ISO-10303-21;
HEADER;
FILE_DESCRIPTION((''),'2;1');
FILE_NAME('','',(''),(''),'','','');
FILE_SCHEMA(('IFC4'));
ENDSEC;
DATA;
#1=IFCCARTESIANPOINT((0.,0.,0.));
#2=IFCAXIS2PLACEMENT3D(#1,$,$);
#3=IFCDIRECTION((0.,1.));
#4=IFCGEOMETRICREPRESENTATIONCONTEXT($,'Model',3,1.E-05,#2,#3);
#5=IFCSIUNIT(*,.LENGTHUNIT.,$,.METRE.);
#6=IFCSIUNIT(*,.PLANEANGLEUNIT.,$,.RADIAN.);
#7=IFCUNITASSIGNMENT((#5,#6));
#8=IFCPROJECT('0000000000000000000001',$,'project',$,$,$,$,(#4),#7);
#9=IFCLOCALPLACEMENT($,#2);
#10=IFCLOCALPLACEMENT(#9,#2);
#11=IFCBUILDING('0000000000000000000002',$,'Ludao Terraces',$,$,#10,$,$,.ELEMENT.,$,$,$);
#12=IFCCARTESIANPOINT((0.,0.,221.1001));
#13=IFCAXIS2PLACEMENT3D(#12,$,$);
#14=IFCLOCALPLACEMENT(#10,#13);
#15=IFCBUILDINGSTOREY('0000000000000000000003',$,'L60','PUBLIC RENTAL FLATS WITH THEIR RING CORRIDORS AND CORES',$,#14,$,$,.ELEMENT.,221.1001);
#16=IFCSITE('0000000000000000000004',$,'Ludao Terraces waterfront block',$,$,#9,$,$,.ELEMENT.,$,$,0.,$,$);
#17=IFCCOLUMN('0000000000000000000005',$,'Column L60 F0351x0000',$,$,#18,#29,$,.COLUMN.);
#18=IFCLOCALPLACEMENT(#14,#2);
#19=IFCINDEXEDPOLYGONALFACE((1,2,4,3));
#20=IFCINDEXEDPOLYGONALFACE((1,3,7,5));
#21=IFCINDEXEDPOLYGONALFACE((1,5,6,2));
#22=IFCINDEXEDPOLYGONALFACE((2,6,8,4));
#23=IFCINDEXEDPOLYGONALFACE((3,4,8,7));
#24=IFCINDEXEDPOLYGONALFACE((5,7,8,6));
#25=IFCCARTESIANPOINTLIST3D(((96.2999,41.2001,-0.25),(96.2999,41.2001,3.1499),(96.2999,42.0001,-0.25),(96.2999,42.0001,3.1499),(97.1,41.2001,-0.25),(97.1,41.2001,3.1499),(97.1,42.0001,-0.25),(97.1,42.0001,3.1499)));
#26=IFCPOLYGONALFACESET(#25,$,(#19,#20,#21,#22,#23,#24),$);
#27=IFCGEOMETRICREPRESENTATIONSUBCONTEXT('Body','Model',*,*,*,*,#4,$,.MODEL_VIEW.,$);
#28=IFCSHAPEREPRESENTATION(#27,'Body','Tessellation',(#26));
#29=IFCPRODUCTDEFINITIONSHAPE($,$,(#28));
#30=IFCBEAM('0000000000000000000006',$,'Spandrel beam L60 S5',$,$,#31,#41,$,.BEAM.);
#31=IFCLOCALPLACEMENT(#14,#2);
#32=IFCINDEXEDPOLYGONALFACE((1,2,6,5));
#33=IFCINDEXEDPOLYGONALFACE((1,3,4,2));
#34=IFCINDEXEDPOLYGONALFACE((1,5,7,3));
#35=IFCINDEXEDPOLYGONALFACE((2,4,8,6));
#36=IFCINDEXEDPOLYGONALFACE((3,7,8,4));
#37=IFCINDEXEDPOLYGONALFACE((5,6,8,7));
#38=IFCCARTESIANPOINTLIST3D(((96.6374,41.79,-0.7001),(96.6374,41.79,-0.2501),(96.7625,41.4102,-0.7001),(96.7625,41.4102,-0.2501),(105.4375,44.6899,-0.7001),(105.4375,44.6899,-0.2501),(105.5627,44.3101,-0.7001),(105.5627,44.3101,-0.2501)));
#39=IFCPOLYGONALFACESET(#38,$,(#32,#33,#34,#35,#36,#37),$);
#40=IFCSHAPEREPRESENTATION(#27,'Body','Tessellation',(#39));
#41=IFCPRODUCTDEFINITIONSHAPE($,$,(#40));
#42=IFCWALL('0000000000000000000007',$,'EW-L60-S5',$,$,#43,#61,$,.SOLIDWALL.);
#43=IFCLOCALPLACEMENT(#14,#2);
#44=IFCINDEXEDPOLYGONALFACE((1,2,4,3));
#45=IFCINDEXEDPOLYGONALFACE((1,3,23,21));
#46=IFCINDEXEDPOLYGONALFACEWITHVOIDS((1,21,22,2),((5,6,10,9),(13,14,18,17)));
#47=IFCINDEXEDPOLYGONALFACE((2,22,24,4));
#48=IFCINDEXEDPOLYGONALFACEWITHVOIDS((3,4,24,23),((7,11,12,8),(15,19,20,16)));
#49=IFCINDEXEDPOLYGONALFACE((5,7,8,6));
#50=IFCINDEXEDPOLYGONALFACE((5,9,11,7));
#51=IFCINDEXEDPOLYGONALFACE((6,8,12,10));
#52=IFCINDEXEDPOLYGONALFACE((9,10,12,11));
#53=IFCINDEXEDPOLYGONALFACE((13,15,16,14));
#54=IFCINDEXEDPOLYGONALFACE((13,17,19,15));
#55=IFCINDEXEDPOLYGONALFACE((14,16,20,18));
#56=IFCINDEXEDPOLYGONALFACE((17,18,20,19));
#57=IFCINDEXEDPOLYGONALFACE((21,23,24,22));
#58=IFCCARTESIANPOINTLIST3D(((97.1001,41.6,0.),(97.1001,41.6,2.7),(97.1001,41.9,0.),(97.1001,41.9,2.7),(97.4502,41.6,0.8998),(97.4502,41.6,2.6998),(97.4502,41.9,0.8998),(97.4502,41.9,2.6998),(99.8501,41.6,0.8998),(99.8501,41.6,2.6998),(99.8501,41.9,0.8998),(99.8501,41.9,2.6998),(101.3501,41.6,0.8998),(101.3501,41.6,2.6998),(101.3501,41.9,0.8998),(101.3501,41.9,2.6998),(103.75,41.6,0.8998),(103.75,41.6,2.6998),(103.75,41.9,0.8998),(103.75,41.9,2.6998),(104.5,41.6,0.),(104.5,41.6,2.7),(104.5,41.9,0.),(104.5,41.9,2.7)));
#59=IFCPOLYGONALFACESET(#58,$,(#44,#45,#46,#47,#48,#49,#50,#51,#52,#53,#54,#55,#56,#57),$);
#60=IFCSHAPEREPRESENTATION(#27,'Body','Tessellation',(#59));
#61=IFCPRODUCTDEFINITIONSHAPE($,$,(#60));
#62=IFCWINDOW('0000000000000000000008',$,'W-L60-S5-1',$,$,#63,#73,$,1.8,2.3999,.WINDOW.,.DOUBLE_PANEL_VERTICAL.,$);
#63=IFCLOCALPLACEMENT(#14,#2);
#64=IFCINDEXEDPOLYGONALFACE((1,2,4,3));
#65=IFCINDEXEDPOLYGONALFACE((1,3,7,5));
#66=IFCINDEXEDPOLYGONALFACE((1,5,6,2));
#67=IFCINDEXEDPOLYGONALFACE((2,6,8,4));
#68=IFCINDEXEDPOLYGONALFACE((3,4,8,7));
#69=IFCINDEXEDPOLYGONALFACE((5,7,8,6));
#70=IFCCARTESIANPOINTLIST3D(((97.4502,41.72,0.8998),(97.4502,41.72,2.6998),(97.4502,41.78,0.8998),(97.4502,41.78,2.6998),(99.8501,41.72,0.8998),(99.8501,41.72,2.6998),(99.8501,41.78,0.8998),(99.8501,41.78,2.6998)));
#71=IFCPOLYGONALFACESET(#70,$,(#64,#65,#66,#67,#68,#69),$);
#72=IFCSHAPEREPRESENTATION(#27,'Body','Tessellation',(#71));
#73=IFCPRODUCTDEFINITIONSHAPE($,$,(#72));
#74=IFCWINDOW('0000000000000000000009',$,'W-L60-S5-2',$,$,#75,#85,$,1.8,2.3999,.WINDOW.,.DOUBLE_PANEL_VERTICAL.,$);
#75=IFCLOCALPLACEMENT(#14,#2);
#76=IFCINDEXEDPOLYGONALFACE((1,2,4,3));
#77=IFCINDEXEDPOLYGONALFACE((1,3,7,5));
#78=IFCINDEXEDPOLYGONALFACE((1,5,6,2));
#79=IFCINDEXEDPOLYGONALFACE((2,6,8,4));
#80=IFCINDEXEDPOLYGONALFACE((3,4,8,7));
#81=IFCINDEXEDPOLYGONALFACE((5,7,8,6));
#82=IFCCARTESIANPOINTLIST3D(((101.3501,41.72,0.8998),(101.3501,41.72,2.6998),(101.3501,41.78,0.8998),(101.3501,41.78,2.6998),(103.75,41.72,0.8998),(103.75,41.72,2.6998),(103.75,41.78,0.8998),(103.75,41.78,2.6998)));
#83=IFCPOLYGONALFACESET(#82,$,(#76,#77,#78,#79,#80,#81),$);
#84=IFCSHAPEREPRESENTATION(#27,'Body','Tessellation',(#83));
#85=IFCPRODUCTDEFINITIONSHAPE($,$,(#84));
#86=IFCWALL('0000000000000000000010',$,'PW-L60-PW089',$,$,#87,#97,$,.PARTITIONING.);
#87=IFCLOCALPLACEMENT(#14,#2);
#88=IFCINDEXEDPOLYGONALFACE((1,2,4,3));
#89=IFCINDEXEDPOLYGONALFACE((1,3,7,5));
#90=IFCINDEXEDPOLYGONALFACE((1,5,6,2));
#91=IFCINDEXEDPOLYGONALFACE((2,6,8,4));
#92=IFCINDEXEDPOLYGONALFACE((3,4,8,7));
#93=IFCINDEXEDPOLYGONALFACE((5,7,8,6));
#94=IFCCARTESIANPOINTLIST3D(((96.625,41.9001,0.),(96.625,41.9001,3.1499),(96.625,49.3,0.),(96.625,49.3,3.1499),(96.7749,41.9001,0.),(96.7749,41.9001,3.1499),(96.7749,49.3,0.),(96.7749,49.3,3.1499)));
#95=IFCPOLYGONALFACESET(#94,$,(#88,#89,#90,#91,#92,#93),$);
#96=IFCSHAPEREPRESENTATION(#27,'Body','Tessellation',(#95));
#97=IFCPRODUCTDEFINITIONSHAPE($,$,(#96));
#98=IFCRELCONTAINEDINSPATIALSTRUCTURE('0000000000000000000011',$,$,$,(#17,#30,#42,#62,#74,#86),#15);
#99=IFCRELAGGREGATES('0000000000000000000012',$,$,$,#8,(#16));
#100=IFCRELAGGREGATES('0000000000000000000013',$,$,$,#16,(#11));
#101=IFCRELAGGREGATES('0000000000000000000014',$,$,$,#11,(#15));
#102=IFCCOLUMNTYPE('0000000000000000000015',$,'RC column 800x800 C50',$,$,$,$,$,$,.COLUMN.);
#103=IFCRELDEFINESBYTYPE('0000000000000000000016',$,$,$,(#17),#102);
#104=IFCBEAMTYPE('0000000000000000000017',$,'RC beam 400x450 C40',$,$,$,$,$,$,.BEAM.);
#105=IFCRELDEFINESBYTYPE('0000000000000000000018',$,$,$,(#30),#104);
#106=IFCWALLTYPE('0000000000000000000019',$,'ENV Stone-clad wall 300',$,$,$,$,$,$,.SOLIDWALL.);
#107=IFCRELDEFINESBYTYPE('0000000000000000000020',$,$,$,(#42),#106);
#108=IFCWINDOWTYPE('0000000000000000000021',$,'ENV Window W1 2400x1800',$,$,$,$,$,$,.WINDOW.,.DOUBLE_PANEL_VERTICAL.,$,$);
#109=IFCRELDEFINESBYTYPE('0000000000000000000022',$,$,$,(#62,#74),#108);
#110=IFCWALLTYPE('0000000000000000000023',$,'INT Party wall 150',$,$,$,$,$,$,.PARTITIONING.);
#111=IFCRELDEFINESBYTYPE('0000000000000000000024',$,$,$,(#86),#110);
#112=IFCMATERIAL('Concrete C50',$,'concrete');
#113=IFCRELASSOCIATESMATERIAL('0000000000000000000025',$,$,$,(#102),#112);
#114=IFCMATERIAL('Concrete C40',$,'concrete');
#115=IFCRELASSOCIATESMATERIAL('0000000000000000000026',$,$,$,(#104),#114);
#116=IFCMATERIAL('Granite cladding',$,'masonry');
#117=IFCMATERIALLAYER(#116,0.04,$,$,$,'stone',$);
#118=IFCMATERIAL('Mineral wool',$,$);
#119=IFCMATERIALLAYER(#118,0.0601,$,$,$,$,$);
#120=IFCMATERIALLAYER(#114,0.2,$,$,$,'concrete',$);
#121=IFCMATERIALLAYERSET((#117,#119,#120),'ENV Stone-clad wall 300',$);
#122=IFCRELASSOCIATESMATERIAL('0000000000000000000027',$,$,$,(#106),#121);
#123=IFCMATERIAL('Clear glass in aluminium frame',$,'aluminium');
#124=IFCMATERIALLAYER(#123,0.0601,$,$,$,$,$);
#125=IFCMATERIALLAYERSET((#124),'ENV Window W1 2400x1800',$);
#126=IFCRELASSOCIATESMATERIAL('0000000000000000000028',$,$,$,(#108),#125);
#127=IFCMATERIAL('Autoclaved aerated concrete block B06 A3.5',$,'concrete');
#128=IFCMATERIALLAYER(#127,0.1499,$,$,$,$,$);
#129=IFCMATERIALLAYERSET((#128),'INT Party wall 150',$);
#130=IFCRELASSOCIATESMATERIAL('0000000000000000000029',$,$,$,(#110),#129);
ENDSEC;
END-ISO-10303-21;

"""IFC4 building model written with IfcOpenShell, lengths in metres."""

from ifc_helpers import new_model, si_unit, direction, frame, frame_2d, origin, origin_2d, place, context, subcontext, project, spatial, rectangle, extrude, material, layer, layer_set, material_profile, profile_set, type_object, element, fill, save


model = new_model("IFC4")

# Units and contexts
model_context = context("Model", 3, precision=1e-05, world=origin(), true_north=direction((0.0, 1.0)))
body_context = subcontext(model_context, "Body", "Model", "MODEL_VIEW")
ifc_project = project(units=[si_unit("LENGTHUNIT", "METRE"), si_unit("PLANEANGLEUNIT", "RADIAN")], contexts=[model_context])

# Site, building, storey
site_placement = place(None, origin())
site = spatial("IfcSite", under=ifc_project, at=site_placement, Name="Ludao Terraces waterfront block", CompositionType="ELEMENT", RefElevation=0.0)
building_placement = place(site_placement, origin())
building = spatial("IfcBuilding", under=site, at=building_placement, Name="Ludao Terraces", CompositionType="ELEMENT")
storey_placement = place(building_placement, frame((0.0, 0.0, 221.1001)))
storey = spatial("IfcBuildingStorey", under=building, at=storey_placement, Name="L60", Description="PUBLIC RENTAL FLATS WITH THEIR RING CORRIDORS AND CORES", CompositionType="ELEMENT", Elevation=221.1001)

# Column
ifc_material_1 = material(Name="Concrete C50", Category="concrete")
ifc_material_profile_1 = material_profile(ifc_material_1, rectangle(XDim=0.8, YDim=0.8, at=origin_2d()), Name="800 X 800")
ifc_profile_set_1 = profile_set([ifc_material_profile_1], Name="Concrete C50")
column_type = type_object("IfcColumnType", Name="RC column 800x800 C50", PredefinedType="COLUMN", material=ifc_profile_set_1)
column_placement = place(storey_placement, frame((96.7, 41.6001, -0.25), z_axis=(0.0, 0.0, 1.0), x_axis=(1.0, 0.0, 0.0)))
element("IfcColumn", 1, at=column_placement, inside=storey, type_object=column_type, Name="Column L60 F0351x0000", PredefinedType="COLUMN", context=body_context, shape_type="SweptSolid", body=[
    extrude(rectangle(XDim=0.8, YDim=0.8, at=origin_2d()), origin(), (0.0, 0.0, 1.0), 3.3999),
])

# Beam
ifc_material_2 = material(Name="Concrete C40", Category="concrete")
ifc_material_profile_2 = material_profile(ifc_material_2, rectangle(XDim=0.3999, YDim=0.45, at=origin_2d()), Name="400 X 450")
ifc_profile_set_2 = profile_set([ifc_material_profile_2], Name="Concrete C40")
beam_type = type_object("IfcBeamType", Name="RC beam 400x450 C40", PredefinedType="BEAM", material=ifc_profile_set_2)
beam_placement = place(storey_placement, frame((96.7, 41.6001, -0.4751), z_axis=(0.949761, 0.312977, 0.0), x_axis=(-0.312977, 0.949761, 0.0)))
element("IfcBeam", 2, at=beam_placement, inside=storey, type_object=beam_type, Name="Spandrel beam L60 S5", PredefinedType="BEAM", context=body_context, shape_type="SweptSolid", body=[
    extrude(rectangle(XDim=0.3999, YDim=0.45, at=origin_2d()), origin(), (0.0, 0.0, 1.0), 9.2656),
])

# Wall, openings, windows
ifc_material_3 = material(Name="Granite cladding", Category="masonry")
ifc_layer_1 = layer(ifc_material_3, 0.04, Category="stone")
ifc_material_4 = material(Name="Mineral wool")
ifc_layer_2 = layer(ifc_material_4, 0.0601)
ifc_layer_3 = layer(ifc_material_2, 0.2, Category="concrete")
ifc_layer_set_1 = layer_set([ifc_layer_1, ifc_layer_2, ifc_layer_3], Name="ENV Stone-clad wall 300")
wall_type_1 = type_object("IfcWallType", Name="ENV Stone-clad wall 300", PredefinedType="SOLIDWALL", material=ifc_layer_set_1)
wall_1_placement = place(storey_placement, frame((97.1001, 41.75, 0.0), z_axis=(0.0, 0.0, 1.0), x_axis=(1.0, 0.0, 0.0)))
wall_1 = element("IfcWall", 3, at=wall_1_placement, inside=storey, type_object=wall_type_1, Name="EW-L60-S5", PredefinedType="SOLIDWALL", context=body_context, shape_type="SweptSolid", body=[
    extrude(rectangle(XDim=7.3999, YDim=0.3, at=frame_2d((3.7, 0.0))), origin(), (0.0, 0.0, 1.0), 2.7),
])
opening_1_placement = place(wall_1_placement, frame((0.3501, 0.0, 0.8999)))
opening_1 = element("IfcOpeningElement", 4, at=opening_1_placement, cuts=wall_1, PredefinedType="OPENING", context=body_context, shape_type="SweptSolid", body=[
    extrude(rectangle(XDim=2.3999, YDim=1.8, at=frame_2d((1.2, 0.8999))), frame((0.0, 0.1602, 0.0), z_axis=(0.0, -1.0, 0.0), x_axis=(1.0, 0.0, 0.0)), (0.0, 0.0, 1.0), 0.3201),
])
opening_2_placement = place(wall_1_placement, frame((4.25, 0.0, 0.8999)))
opening_2 = element("IfcOpeningElement", 5, at=opening_2_placement, cuts=wall_1, PredefinedType="OPENING", context=body_context, shape_type="SweptSolid", body=[
    extrude(rectangle(XDim=2.3999, YDim=1.8, at=frame_2d((1.2, 0.8999))), frame((0.0, 0.1602, 0.0), z_axis=(0.0, -1.0, 0.0), x_axis=(1.0, 0.0, 0.0)), (0.0, 0.0, 1.0), 0.3201),
])
ifc_material_5 = material(Name="Clear glass in aluminium frame", Category="aluminium")
ifc_layer_4 = layer(ifc_material_5, 0.0601)
ifc_layer_set_2 = layer_set([ifc_layer_4], Name="ENV Window W1 2400x1800")
window_type = type_object("IfcWindowType", Name="ENV Window W1 2400x1800", PartitioningType="DOUBLE_PANEL_VERTICAL", PredefinedType="WINDOW", material=ifc_layer_set_2)
window_1_placement = place(opening_1_placement, origin())
window_1 = element("IfcWindow", 6, at=window_1_placement, inside=storey, type_object=window_type, Name="W-L60-S5-1", OverallHeight=1.8, OverallWidth=2.3999, PartitioningType="DOUBLE_PANEL_VERTICAL", PredefinedType="WINDOW", context=body_context, shape_type="SweptSolid", body=[
    extrude(rectangle(XDim=2.3999, YDim=1.8, at=frame_2d((1.2, 0.8999))), frame((0.0, 0.03, 0.0), z_axis=(0.0, -1.0, 0.0), x_axis=(1.0, 0.0, 0.0)), (0.0, 0.0, 1.0), 0.0601),
])
fill(opening_1, window_1)
window_2_placement = place(opening_2_placement, origin())
window_2 = element("IfcWindow", 7, at=window_2_placement, inside=storey, type_object=window_type, Name="W-L60-S5-2", OverallHeight=1.8, OverallWidth=2.3999, PartitioningType="DOUBLE_PANEL_VERTICAL", PredefinedType="WINDOW", context=body_context, shape_type="SweptSolid", body=[
    extrude(rectangle(XDim=2.3999, YDim=1.8, at=frame_2d((1.2, 0.8999))), frame((0.0, 0.03, 0.0), z_axis=(0.0, -1.0, 0.0), x_axis=(1.0, 0.0, 0.0)), (0.0, 0.0, 1.0), 0.0601),
])
fill(opening_2, window_2)

# Wall
ifc_material_6 = material(Name="Autoclaved aerated concrete block B06 A3.5", Category="concrete")
ifc_layer_5 = layer(ifc_material_6, 0.1499)
ifc_layer_set_3 = layer_set([ifc_layer_5], Name="INT Party wall 150")
wall_type_2 = type_object("IfcWallType", Name="INT Party wall 150", PredefinedType="PARTITIONING", material=ifc_layer_set_3)
wall_2_placement = place(storey_placement, frame((96.7, 41.9001, 0.0), z_axis=(0.0, 0.0, 1.0), x_axis=(0.0, 1.0, 0.0)))
element("IfcWall", 8, at=wall_2_placement, inside=storey, type_object=wall_type_2, Name="PW-L60-PW089", PredefinedType="PARTITIONING", context=body_context, shape_type="SweptSolid", body=[
    extrude(rectangle(XDim=7.3999, YDim=0.1499, at=frame_2d((3.7, 0.0))), origin(), (0.0, 0.0, 1.0), 3.1499),
])

save(model, "model.ifc")
